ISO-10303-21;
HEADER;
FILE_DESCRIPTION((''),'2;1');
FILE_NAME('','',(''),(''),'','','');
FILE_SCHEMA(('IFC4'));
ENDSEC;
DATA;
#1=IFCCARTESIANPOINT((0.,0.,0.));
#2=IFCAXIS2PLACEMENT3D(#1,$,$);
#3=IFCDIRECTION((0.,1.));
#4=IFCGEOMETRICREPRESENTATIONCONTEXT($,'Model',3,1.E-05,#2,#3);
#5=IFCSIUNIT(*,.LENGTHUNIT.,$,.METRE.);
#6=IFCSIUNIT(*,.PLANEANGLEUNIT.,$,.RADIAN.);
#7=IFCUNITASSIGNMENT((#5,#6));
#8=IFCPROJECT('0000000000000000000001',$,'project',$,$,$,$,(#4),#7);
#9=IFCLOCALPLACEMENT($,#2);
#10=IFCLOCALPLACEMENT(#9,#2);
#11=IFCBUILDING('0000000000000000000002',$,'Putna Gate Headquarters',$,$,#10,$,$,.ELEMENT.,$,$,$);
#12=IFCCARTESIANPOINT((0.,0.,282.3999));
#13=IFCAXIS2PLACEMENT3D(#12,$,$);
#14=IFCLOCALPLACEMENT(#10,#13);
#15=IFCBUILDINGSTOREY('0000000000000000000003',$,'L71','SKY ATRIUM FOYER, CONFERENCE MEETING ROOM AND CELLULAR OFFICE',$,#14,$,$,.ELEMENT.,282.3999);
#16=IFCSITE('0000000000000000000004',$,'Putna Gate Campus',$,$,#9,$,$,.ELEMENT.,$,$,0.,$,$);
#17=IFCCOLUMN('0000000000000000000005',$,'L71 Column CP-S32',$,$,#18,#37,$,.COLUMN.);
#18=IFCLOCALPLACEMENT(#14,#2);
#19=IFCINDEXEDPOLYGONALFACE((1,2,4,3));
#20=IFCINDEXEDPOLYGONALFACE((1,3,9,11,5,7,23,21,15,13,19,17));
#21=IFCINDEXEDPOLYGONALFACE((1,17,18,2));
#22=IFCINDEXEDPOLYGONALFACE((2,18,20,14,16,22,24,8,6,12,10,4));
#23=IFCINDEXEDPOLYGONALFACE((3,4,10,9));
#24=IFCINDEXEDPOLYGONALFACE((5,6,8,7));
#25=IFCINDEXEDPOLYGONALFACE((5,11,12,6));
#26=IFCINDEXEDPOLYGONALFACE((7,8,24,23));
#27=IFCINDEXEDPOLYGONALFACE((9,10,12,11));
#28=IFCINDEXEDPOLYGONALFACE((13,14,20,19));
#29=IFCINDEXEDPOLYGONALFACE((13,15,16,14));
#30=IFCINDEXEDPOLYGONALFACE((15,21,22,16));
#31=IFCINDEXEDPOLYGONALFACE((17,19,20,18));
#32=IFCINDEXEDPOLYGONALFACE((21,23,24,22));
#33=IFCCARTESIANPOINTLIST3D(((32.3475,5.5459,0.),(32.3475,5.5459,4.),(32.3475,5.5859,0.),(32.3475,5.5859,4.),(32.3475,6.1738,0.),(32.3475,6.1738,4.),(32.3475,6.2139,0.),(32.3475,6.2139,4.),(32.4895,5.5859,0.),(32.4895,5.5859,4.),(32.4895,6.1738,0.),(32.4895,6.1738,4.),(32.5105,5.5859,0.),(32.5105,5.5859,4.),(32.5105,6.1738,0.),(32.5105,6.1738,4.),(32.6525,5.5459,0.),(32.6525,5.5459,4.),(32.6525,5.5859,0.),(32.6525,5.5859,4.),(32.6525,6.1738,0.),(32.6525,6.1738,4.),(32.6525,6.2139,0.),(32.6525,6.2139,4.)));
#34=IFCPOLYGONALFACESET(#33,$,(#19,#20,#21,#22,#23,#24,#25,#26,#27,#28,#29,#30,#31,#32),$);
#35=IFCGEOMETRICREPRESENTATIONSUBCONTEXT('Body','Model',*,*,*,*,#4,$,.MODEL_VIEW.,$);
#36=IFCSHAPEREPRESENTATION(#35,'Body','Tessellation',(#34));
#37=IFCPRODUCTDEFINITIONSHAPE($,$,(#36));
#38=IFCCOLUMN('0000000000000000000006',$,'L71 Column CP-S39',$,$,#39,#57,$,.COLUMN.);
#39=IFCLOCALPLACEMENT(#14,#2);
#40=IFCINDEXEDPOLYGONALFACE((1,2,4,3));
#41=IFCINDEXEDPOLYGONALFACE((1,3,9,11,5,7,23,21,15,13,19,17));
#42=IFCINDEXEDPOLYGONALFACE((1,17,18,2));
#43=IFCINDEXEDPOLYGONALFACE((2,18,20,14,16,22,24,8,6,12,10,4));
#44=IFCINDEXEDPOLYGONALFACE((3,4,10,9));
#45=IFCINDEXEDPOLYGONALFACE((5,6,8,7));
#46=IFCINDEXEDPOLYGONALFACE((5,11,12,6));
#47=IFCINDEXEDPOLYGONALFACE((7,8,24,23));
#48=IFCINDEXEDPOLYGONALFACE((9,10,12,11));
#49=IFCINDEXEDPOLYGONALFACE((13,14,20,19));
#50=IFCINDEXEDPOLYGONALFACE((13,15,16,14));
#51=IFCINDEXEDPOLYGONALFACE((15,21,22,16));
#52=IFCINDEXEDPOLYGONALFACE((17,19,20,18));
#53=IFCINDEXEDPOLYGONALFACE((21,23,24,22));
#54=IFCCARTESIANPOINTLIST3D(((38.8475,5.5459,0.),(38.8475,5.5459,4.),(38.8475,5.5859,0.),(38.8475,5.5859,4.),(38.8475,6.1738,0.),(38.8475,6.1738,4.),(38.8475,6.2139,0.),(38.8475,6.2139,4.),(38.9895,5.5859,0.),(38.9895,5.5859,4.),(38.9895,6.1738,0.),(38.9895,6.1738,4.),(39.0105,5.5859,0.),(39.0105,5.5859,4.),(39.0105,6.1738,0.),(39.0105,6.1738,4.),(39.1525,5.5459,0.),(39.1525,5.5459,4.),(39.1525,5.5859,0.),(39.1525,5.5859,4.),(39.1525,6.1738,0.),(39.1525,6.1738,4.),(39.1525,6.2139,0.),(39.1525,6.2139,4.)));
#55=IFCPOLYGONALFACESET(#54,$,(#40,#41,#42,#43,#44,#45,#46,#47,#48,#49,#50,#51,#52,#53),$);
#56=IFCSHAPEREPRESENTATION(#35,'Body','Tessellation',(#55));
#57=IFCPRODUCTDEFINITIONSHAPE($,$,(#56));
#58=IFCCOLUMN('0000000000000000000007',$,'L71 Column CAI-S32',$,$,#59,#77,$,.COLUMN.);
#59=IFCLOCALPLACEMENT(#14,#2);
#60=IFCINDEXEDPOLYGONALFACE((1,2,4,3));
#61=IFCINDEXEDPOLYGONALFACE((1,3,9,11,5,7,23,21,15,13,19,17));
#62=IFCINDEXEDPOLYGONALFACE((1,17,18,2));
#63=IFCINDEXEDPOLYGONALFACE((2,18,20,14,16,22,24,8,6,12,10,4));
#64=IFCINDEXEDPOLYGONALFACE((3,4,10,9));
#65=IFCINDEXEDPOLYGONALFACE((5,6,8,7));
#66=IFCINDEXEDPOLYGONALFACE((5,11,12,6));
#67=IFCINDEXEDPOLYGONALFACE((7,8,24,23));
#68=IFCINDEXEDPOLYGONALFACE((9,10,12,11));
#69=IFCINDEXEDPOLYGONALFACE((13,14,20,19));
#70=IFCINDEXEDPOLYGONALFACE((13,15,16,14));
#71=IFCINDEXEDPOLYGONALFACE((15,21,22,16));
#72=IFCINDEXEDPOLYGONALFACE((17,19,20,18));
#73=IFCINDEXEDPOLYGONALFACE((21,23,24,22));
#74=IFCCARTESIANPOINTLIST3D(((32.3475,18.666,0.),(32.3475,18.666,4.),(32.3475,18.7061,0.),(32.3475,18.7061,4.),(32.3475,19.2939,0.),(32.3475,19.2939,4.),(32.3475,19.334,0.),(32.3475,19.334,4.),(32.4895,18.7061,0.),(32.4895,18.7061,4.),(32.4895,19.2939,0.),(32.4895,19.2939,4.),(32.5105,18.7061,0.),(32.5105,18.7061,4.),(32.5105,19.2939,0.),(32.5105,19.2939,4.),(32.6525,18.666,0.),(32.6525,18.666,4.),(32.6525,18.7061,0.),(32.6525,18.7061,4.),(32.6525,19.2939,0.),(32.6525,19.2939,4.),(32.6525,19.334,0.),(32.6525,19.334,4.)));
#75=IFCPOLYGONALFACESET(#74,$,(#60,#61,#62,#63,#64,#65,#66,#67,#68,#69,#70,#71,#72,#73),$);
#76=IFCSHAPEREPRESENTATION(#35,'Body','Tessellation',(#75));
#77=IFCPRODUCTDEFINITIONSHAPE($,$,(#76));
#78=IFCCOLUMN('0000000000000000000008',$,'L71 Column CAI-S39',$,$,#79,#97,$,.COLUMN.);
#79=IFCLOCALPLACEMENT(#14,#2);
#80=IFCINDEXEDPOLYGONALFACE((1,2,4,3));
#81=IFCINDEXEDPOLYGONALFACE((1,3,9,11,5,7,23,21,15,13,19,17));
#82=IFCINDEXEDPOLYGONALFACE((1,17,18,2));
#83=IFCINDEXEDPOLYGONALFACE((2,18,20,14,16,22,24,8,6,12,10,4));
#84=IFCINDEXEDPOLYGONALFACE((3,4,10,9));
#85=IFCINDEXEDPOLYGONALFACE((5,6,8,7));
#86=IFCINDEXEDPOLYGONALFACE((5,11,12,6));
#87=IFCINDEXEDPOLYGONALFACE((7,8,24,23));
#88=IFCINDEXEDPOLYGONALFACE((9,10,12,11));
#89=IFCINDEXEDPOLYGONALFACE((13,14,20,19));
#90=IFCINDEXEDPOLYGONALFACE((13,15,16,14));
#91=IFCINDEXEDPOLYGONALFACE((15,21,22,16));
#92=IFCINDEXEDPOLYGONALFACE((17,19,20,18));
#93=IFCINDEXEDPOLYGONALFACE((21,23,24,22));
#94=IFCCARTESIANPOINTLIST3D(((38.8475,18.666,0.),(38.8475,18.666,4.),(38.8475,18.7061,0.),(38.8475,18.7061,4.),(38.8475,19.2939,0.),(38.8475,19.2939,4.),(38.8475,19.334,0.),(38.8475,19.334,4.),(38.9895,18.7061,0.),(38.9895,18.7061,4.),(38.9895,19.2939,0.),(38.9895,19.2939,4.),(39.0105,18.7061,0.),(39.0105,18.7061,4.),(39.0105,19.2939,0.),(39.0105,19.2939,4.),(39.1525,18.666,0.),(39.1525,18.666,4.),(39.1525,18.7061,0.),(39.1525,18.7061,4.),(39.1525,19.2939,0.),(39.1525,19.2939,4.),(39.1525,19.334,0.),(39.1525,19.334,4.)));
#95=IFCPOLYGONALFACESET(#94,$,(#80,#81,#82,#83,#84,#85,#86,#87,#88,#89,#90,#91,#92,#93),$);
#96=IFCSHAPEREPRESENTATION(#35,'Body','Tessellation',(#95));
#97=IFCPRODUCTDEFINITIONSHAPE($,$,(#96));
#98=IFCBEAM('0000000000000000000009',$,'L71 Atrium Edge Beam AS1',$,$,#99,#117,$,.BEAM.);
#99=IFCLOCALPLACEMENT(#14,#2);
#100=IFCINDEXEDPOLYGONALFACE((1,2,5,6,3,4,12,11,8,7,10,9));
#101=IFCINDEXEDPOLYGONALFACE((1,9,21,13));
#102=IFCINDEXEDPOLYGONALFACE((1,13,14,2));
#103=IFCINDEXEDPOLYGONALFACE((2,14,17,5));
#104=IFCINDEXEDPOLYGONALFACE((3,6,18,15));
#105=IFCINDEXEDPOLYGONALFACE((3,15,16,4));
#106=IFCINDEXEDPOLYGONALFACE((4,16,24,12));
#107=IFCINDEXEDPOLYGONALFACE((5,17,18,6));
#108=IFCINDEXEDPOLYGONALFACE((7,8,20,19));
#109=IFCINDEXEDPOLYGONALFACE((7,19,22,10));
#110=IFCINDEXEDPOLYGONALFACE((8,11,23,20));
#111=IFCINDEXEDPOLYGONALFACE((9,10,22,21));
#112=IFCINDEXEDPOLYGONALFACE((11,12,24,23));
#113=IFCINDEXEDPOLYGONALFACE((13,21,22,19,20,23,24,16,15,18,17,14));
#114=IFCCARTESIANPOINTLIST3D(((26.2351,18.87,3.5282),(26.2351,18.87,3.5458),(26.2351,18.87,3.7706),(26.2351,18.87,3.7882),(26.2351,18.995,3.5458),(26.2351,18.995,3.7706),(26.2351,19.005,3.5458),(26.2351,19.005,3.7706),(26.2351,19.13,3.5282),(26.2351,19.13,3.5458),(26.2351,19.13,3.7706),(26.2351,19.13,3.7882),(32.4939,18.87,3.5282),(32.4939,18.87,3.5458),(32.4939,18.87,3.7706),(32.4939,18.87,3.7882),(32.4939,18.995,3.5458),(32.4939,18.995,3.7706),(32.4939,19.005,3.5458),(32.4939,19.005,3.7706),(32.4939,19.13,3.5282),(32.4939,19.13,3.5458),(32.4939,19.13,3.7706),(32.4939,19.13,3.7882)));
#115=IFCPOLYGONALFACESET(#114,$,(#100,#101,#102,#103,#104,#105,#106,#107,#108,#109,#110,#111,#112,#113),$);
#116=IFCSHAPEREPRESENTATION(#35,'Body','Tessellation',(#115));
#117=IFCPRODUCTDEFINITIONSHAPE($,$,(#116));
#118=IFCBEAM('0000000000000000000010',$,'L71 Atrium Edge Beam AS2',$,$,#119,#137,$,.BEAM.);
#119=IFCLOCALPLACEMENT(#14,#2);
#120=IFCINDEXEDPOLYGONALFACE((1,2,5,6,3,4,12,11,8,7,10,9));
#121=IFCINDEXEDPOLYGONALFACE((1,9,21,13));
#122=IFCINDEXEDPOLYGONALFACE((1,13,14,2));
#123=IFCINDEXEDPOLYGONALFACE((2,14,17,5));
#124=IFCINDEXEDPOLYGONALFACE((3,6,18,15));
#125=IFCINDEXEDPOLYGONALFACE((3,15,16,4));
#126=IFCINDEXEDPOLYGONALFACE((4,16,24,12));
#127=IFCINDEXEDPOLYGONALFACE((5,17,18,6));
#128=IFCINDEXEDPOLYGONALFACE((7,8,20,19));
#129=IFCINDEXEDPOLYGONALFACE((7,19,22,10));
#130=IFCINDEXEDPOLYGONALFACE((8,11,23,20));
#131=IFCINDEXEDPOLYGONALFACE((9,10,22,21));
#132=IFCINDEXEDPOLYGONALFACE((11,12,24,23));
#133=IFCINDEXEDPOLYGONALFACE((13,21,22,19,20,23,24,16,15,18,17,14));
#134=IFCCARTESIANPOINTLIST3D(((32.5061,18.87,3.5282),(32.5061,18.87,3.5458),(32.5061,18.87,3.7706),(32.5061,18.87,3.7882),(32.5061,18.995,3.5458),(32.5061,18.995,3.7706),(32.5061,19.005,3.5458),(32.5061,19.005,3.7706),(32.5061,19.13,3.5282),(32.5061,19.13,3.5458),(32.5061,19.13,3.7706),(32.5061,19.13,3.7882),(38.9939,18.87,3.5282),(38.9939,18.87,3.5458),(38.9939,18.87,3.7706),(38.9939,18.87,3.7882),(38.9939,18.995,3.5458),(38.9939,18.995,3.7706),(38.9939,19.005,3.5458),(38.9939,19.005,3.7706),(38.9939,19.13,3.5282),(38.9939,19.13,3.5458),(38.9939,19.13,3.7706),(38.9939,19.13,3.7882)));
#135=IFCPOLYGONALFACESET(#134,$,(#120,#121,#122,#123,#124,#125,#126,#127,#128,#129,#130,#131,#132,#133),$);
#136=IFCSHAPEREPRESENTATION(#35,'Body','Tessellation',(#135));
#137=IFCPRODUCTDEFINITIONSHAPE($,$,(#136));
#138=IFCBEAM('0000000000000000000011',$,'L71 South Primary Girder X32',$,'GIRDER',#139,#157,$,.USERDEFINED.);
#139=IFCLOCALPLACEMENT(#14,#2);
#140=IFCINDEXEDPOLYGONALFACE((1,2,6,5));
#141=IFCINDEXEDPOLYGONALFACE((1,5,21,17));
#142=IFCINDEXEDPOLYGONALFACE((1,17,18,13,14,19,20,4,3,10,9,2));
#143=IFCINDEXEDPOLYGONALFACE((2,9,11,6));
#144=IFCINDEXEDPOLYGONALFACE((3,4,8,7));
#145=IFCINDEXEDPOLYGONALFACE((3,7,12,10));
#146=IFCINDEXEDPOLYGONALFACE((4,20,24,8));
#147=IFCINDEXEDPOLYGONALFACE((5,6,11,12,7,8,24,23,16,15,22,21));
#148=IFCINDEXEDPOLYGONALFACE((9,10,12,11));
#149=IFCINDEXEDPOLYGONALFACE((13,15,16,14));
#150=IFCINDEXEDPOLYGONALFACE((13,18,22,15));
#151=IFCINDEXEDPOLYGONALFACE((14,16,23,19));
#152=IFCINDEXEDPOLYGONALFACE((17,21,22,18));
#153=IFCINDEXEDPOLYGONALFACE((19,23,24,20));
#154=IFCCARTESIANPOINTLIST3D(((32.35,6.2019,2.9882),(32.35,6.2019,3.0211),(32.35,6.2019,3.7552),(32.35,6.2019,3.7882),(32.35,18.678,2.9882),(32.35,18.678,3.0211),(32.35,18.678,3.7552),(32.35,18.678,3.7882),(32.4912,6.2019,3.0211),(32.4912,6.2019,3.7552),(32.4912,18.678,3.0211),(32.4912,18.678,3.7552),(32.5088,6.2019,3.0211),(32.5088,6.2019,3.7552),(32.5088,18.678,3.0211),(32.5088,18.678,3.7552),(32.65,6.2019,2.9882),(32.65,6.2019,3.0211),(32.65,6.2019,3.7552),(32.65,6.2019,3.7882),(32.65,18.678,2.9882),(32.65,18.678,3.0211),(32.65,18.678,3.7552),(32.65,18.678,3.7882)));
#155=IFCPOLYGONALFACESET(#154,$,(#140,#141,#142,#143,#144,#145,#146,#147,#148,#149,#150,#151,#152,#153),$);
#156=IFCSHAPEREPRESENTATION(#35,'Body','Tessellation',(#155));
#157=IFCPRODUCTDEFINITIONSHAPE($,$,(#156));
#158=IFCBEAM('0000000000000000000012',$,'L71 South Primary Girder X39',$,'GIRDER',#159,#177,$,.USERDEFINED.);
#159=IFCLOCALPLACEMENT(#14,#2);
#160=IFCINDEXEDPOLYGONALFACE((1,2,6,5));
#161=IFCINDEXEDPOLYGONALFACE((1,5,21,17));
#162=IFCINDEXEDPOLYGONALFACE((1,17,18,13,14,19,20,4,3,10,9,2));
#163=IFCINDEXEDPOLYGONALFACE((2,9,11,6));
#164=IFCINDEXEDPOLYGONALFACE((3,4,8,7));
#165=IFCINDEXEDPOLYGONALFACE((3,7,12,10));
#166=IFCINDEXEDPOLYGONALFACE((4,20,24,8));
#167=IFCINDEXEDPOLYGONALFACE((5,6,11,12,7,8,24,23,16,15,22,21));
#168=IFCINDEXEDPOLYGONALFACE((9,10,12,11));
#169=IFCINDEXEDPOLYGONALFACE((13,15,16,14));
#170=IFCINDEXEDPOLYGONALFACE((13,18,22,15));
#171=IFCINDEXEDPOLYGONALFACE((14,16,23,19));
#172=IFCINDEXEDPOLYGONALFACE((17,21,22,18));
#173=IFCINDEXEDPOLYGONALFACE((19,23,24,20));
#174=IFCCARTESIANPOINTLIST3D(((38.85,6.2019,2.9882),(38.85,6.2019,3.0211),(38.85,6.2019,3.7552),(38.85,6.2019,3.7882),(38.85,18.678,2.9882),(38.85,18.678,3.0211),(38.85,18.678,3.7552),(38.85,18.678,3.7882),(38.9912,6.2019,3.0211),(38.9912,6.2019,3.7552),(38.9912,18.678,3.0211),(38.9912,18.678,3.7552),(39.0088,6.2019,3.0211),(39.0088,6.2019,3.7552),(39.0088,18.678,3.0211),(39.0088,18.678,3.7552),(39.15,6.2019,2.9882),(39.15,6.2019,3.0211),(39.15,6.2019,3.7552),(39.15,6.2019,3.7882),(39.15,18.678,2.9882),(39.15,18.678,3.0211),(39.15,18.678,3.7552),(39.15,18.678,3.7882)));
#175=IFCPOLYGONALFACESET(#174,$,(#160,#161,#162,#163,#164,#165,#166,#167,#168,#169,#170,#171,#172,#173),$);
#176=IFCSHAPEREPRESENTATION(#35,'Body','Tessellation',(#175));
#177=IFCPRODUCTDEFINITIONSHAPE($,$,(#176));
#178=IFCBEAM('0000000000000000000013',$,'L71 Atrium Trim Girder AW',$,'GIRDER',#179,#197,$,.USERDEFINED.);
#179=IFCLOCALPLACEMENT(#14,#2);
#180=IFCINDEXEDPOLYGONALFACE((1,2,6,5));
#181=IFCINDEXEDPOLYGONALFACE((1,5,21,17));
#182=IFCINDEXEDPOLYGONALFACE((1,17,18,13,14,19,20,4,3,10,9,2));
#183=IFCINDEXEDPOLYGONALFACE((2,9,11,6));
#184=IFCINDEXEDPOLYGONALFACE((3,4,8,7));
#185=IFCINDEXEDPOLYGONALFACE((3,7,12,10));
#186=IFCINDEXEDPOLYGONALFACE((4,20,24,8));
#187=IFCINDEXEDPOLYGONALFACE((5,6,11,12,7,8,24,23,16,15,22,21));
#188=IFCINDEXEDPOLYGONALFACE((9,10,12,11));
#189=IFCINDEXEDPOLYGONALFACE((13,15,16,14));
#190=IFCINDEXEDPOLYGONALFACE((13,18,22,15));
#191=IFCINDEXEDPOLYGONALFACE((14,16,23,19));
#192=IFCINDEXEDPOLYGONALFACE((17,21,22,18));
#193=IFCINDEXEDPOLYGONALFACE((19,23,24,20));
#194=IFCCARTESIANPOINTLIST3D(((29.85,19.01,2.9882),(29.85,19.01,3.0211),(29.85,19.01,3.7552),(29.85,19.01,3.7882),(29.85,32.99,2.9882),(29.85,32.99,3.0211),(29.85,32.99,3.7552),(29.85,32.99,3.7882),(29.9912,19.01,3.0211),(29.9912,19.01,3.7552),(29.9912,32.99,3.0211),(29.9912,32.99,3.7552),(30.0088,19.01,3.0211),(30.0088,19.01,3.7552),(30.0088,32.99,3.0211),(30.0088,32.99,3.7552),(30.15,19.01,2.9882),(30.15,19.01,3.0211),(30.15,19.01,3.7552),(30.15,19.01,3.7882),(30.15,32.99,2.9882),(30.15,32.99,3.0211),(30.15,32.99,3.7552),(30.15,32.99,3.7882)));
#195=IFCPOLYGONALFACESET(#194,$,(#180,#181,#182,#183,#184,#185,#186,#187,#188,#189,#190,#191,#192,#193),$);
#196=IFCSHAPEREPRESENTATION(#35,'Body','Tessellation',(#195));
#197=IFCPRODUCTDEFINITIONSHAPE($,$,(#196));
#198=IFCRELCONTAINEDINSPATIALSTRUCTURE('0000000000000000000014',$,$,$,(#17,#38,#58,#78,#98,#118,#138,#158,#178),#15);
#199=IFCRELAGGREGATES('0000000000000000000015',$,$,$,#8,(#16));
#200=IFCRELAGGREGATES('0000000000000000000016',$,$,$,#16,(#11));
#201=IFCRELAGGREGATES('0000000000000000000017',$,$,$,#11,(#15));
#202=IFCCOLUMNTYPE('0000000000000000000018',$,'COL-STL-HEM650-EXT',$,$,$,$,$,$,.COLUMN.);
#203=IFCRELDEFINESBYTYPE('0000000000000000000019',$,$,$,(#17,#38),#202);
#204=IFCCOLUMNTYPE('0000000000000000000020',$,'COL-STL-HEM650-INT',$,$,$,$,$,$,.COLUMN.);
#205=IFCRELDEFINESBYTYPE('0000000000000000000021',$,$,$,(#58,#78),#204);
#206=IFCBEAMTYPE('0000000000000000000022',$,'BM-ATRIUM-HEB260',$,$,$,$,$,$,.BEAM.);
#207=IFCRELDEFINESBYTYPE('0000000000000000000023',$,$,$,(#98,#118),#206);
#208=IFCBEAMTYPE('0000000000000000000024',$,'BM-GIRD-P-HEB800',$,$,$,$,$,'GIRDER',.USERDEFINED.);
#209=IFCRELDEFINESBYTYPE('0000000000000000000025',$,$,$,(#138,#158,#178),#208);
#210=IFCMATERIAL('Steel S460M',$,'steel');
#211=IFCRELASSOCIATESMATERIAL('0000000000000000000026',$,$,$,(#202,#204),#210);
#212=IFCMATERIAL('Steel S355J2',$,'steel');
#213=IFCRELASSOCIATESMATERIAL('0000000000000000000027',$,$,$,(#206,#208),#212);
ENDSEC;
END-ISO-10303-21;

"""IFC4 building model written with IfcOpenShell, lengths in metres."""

from ifc_helpers import new_model, si_unit, direction, frame, origin, origin_2d, place, context, subcontext, project, spatial, i_section, extrude, material, material_profile, profile_set, type_object, element, save


model = new_model("IFC4")

# Units and contexts
model_context = context("Model", 3, precision=1e-05, world=origin(), true_north=direction((0.0, 1.0)))
body_context = subcontext(model_context, "Body", "Model", "MODEL_VIEW")
ifc_project = project(units=[si_unit("LENGTHUNIT", "METRE"), si_unit("PLANEANGLEUNIT", "RADIAN")], contexts=[model_context])

# Site, building, storey
site_placement = place(None, origin())
site = spatial("IfcSite", under=ifc_project, at=site_placement, Name="Putna Gate Campus", CompositionType="ELEMENT", RefElevation=0.0)
building_placement = place(site_placement, origin())
building = spatial("IfcBuilding", under=site, at=building_placement, Name="Putna Gate Headquarters", CompositionType="ELEMENT")
storey_placement = place(building_placement, frame((0.0, 0.0, 282.3999)))
storey = spatial("IfcBuildingStorey", under=building, at=storey_placement, Name="L71", Description="SKY ATRIUM FOYER, CONFERENCE MEETING ROOM AND CELLULAR OFFICE", CompositionType="ELEMENT", Elevation=282.3999)

# Columns
ifc_material_1 = material(Name="Steel S460M", Category="steel")
ifc_material_profile_1 = material_profile(ifc_material_1, i_section(OverallWidth=0.3049, OverallDepth=0.668, WebThickness=0.021, FlangeThickness=0.04, at=origin_2d()), Name="Steel S460M")
ifc_profile_set_1 = profile_set([ifc_material_profile_1], Name="Steel S460M")
column_type_1 = type_object("IfcColumnType", Name="COL-STL-HEM650-EXT", PredefinedType="COLUMN", material=ifc_profile_set_1)
for number, where, z_axis, x_axis, name in (
    (1, (32.5, 5.8799, 0.0), (0.0, 0.0, 1.0), (1.0, 0.0, 0.0), "L71 Column CP-S32"),
    (2, (39.0, 5.8799, 0.0), (0.0, 0.0, 1.0), (1.0, 0.0, 0.0), "L71 Column CP-S39"),
):
    element("IfcColumn", number, at=place(storey_placement, frame(where, z_axis=z_axis, x_axis=x_axis)), inside=storey, type_object=column_type_1, Name=name, PredefinedType="COLUMN", context=body_context, shape_type="SweptSolid", body=[
        extrude(i_section(OverallWidth=0.3049, OverallDepth=0.668, WebThickness=0.021, FlangeThickness=0.04, at=origin_2d()), origin(), (0.0, 0.0, 1.0), 4.0),
    ])
ifc_material_profile_2 = material_profile(ifc_material_1, i_section(OverallWidth=0.3049, OverallDepth=0.668, WebThickness=0.021, FlangeThickness=0.04, at=origin_2d()), Name="Steel S460M")
ifc_profile_set_2 = profile_set([ifc_material_profile_2], Name="Steel S460M")
column_type_2 = type_object("IfcColumnType", Name="COL-STL-HEM650-INT", PredefinedType="COLUMN", material=ifc_profile_set_2)
for number, where, z_axis, x_axis, name in (
    (3, (32.5, 19.0, 0.0), (0.0, 0.0, 1.0), (1.0, 0.0, 0.0), "L71 Column CAI-S32"),
    (4, (39.0, 19.0, 0.0), (0.0, 0.0, 1.0), (1.0, 0.0, 0.0), "L71 Column CAI-S39"),
):
    element("IfcColumn", number, at=place(storey_placement, frame(where, z_axis=z_axis, x_axis=x_axis)), inside=storey, type_object=column_type_2, Name=name, PredefinedType="COLUMN", context=body_context, shape_type="SweptSolid", body=[
        extrude(i_section(OverallWidth=0.3049, OverallDepth=0.668, WebThickness=0.021, FlangeThickness=0.04, at=origin_2d()), origin(), (0.0, 0.0, 1.0), 4.0),
    ])

# Beams
ifc_material_2 = material(Name="Steel S355J2", Category="steel")
ifc_material_profile_3 = material_profile(ifc_material_2, i_section(OverallWidth=0.26, OverallDepth=0.26, WebThickness=0.01, FlangeThickness=0.0176, at=origin_2d()), Name="Steel S355J2")
ifc_profile_set_3 = profile_set([ifc_material_profile_3], Name="Steel S355J2")
beam_type_1 = type_object("IfcBeamType", Name="BM-ATRIUM-HEB260", PredefinedType="BEAM", material=ifc_profile_set_3)
beam_1_placement = place(storey_placement, frame((26.2351, 19.0, 3.6582), z_axis=(1.0, 0.0, 0.0), x_axis=(0.0, 1.0, 0.0)))
element("IfcBeam", 5, at=beam_1_placement, inside=storey, type_object=beam_type_1, Name="L71 Atrium Edge Beam AS1", PredefinedType="BEAM", context=body_context, shape_type="SweptSolid", body=[
    extrude(i_section(OverallWidth=0.26, OverallDepth=0.26, WebThickness=0.01, FlangeThickness=0.0176, at=origin_2d()), origin(), (0.0, 0.0, 1.0), 6.2588),
])
beam_2_placement = place(storey_placement, frame((32.5061, 19.0, 3.6582), z_axis=(1.0, 0.0, 0.0), x_axis=(0.0, 1.0, 0.0)))
element("IfcBeam", 6, at=beam_2_placement, inside=storey, type_object=beam_type_1, Name="L71 Atrium Edge Beam AS2", PredefinedType="BEAM", context=body_context, shape_type="SweptSolid", body=[
    extrude(i_section(OverallWidth=0.26, OverallDepth=0.26, WebThickness=0.01, FlangeThickness=0.0176, at=origin_2d()), origin(), (0.0, 0.0, 1.0), 6.4878),
])
ifc_material_profile_4 = material_profile(ifc_material_2, i_section(OverallWidth=0.3, OverallDepth=0.8, WebThickness=0.0176, FlangeThickness=0.033, at=origin_2d()), Name="Steel S355J2")
ifc_profile_set_4 = profile_set([ifc_material_profile_4], Name="Steel S355J2")
beam_type_2 = type_object("IfcBeamType", Name="BM-GIRD-P-HEB800", ElementType="GIRDER", PredefinedType="USERDEFINED", material=ifc_profile_set_4)
for number, where, z_axis, x_axis, name in (
    (7, (32.5, 6.2019, 3.3882), (0.0, 1.0, 0.0), (-1.0, 0.0, 0.0), "L71 South Primary Girder X32"),
    (8, (39.0, 6.2019, 3.3882), (0.0, 1.0, 0.0), (-1.0, 0.0, 0.0), "L71 South Primary Girder X39"),
):
    element("IfcBeam", number, at=place(storey_placement, frame(where, z_axis=z_axis, x_axis=x_axis)), inside=storey, type_object=beam_type_2, Name=name, ObjectType="GIRDER", PredefinedType="USERDEFINED", context=body_context, shape_type="SweptSolid", body=[
        extrude(i_section(OverallWidth=0.3, OverallDepth=0.8, WebThickness=0.0176, FlangeThickness=0.033, at=origin_2d()), origin(), (0.0, 0.0, 1.0), 12.4761),
    ])
beam_3_placement = place(storey_placement, frame((30.0, 19.01, 3.3882), z_axis=(0.0, 1.0, 0.0), x_axis=(-1.0, 0.0, 0.0)))
element("IfcBeam", 9, at=beam_3_placement, inside=storey, type_object=beam_type_2, Name="L71 Atrium Trim Girder AW", ObjectType="GIRDER", PredefinedType="USERDEFINED", context=body_context, shape_type="SweptSolid", body=[
    extrude(i_section(OverallWidth=0.3, OverallDepth=0.8, WebThickness=0.0176, FlangeThickness=0.033, at=origin_2d()), origin(), (0.0, 0.0, 1.0), 13.98),
])

save(model, "model.ifc")
